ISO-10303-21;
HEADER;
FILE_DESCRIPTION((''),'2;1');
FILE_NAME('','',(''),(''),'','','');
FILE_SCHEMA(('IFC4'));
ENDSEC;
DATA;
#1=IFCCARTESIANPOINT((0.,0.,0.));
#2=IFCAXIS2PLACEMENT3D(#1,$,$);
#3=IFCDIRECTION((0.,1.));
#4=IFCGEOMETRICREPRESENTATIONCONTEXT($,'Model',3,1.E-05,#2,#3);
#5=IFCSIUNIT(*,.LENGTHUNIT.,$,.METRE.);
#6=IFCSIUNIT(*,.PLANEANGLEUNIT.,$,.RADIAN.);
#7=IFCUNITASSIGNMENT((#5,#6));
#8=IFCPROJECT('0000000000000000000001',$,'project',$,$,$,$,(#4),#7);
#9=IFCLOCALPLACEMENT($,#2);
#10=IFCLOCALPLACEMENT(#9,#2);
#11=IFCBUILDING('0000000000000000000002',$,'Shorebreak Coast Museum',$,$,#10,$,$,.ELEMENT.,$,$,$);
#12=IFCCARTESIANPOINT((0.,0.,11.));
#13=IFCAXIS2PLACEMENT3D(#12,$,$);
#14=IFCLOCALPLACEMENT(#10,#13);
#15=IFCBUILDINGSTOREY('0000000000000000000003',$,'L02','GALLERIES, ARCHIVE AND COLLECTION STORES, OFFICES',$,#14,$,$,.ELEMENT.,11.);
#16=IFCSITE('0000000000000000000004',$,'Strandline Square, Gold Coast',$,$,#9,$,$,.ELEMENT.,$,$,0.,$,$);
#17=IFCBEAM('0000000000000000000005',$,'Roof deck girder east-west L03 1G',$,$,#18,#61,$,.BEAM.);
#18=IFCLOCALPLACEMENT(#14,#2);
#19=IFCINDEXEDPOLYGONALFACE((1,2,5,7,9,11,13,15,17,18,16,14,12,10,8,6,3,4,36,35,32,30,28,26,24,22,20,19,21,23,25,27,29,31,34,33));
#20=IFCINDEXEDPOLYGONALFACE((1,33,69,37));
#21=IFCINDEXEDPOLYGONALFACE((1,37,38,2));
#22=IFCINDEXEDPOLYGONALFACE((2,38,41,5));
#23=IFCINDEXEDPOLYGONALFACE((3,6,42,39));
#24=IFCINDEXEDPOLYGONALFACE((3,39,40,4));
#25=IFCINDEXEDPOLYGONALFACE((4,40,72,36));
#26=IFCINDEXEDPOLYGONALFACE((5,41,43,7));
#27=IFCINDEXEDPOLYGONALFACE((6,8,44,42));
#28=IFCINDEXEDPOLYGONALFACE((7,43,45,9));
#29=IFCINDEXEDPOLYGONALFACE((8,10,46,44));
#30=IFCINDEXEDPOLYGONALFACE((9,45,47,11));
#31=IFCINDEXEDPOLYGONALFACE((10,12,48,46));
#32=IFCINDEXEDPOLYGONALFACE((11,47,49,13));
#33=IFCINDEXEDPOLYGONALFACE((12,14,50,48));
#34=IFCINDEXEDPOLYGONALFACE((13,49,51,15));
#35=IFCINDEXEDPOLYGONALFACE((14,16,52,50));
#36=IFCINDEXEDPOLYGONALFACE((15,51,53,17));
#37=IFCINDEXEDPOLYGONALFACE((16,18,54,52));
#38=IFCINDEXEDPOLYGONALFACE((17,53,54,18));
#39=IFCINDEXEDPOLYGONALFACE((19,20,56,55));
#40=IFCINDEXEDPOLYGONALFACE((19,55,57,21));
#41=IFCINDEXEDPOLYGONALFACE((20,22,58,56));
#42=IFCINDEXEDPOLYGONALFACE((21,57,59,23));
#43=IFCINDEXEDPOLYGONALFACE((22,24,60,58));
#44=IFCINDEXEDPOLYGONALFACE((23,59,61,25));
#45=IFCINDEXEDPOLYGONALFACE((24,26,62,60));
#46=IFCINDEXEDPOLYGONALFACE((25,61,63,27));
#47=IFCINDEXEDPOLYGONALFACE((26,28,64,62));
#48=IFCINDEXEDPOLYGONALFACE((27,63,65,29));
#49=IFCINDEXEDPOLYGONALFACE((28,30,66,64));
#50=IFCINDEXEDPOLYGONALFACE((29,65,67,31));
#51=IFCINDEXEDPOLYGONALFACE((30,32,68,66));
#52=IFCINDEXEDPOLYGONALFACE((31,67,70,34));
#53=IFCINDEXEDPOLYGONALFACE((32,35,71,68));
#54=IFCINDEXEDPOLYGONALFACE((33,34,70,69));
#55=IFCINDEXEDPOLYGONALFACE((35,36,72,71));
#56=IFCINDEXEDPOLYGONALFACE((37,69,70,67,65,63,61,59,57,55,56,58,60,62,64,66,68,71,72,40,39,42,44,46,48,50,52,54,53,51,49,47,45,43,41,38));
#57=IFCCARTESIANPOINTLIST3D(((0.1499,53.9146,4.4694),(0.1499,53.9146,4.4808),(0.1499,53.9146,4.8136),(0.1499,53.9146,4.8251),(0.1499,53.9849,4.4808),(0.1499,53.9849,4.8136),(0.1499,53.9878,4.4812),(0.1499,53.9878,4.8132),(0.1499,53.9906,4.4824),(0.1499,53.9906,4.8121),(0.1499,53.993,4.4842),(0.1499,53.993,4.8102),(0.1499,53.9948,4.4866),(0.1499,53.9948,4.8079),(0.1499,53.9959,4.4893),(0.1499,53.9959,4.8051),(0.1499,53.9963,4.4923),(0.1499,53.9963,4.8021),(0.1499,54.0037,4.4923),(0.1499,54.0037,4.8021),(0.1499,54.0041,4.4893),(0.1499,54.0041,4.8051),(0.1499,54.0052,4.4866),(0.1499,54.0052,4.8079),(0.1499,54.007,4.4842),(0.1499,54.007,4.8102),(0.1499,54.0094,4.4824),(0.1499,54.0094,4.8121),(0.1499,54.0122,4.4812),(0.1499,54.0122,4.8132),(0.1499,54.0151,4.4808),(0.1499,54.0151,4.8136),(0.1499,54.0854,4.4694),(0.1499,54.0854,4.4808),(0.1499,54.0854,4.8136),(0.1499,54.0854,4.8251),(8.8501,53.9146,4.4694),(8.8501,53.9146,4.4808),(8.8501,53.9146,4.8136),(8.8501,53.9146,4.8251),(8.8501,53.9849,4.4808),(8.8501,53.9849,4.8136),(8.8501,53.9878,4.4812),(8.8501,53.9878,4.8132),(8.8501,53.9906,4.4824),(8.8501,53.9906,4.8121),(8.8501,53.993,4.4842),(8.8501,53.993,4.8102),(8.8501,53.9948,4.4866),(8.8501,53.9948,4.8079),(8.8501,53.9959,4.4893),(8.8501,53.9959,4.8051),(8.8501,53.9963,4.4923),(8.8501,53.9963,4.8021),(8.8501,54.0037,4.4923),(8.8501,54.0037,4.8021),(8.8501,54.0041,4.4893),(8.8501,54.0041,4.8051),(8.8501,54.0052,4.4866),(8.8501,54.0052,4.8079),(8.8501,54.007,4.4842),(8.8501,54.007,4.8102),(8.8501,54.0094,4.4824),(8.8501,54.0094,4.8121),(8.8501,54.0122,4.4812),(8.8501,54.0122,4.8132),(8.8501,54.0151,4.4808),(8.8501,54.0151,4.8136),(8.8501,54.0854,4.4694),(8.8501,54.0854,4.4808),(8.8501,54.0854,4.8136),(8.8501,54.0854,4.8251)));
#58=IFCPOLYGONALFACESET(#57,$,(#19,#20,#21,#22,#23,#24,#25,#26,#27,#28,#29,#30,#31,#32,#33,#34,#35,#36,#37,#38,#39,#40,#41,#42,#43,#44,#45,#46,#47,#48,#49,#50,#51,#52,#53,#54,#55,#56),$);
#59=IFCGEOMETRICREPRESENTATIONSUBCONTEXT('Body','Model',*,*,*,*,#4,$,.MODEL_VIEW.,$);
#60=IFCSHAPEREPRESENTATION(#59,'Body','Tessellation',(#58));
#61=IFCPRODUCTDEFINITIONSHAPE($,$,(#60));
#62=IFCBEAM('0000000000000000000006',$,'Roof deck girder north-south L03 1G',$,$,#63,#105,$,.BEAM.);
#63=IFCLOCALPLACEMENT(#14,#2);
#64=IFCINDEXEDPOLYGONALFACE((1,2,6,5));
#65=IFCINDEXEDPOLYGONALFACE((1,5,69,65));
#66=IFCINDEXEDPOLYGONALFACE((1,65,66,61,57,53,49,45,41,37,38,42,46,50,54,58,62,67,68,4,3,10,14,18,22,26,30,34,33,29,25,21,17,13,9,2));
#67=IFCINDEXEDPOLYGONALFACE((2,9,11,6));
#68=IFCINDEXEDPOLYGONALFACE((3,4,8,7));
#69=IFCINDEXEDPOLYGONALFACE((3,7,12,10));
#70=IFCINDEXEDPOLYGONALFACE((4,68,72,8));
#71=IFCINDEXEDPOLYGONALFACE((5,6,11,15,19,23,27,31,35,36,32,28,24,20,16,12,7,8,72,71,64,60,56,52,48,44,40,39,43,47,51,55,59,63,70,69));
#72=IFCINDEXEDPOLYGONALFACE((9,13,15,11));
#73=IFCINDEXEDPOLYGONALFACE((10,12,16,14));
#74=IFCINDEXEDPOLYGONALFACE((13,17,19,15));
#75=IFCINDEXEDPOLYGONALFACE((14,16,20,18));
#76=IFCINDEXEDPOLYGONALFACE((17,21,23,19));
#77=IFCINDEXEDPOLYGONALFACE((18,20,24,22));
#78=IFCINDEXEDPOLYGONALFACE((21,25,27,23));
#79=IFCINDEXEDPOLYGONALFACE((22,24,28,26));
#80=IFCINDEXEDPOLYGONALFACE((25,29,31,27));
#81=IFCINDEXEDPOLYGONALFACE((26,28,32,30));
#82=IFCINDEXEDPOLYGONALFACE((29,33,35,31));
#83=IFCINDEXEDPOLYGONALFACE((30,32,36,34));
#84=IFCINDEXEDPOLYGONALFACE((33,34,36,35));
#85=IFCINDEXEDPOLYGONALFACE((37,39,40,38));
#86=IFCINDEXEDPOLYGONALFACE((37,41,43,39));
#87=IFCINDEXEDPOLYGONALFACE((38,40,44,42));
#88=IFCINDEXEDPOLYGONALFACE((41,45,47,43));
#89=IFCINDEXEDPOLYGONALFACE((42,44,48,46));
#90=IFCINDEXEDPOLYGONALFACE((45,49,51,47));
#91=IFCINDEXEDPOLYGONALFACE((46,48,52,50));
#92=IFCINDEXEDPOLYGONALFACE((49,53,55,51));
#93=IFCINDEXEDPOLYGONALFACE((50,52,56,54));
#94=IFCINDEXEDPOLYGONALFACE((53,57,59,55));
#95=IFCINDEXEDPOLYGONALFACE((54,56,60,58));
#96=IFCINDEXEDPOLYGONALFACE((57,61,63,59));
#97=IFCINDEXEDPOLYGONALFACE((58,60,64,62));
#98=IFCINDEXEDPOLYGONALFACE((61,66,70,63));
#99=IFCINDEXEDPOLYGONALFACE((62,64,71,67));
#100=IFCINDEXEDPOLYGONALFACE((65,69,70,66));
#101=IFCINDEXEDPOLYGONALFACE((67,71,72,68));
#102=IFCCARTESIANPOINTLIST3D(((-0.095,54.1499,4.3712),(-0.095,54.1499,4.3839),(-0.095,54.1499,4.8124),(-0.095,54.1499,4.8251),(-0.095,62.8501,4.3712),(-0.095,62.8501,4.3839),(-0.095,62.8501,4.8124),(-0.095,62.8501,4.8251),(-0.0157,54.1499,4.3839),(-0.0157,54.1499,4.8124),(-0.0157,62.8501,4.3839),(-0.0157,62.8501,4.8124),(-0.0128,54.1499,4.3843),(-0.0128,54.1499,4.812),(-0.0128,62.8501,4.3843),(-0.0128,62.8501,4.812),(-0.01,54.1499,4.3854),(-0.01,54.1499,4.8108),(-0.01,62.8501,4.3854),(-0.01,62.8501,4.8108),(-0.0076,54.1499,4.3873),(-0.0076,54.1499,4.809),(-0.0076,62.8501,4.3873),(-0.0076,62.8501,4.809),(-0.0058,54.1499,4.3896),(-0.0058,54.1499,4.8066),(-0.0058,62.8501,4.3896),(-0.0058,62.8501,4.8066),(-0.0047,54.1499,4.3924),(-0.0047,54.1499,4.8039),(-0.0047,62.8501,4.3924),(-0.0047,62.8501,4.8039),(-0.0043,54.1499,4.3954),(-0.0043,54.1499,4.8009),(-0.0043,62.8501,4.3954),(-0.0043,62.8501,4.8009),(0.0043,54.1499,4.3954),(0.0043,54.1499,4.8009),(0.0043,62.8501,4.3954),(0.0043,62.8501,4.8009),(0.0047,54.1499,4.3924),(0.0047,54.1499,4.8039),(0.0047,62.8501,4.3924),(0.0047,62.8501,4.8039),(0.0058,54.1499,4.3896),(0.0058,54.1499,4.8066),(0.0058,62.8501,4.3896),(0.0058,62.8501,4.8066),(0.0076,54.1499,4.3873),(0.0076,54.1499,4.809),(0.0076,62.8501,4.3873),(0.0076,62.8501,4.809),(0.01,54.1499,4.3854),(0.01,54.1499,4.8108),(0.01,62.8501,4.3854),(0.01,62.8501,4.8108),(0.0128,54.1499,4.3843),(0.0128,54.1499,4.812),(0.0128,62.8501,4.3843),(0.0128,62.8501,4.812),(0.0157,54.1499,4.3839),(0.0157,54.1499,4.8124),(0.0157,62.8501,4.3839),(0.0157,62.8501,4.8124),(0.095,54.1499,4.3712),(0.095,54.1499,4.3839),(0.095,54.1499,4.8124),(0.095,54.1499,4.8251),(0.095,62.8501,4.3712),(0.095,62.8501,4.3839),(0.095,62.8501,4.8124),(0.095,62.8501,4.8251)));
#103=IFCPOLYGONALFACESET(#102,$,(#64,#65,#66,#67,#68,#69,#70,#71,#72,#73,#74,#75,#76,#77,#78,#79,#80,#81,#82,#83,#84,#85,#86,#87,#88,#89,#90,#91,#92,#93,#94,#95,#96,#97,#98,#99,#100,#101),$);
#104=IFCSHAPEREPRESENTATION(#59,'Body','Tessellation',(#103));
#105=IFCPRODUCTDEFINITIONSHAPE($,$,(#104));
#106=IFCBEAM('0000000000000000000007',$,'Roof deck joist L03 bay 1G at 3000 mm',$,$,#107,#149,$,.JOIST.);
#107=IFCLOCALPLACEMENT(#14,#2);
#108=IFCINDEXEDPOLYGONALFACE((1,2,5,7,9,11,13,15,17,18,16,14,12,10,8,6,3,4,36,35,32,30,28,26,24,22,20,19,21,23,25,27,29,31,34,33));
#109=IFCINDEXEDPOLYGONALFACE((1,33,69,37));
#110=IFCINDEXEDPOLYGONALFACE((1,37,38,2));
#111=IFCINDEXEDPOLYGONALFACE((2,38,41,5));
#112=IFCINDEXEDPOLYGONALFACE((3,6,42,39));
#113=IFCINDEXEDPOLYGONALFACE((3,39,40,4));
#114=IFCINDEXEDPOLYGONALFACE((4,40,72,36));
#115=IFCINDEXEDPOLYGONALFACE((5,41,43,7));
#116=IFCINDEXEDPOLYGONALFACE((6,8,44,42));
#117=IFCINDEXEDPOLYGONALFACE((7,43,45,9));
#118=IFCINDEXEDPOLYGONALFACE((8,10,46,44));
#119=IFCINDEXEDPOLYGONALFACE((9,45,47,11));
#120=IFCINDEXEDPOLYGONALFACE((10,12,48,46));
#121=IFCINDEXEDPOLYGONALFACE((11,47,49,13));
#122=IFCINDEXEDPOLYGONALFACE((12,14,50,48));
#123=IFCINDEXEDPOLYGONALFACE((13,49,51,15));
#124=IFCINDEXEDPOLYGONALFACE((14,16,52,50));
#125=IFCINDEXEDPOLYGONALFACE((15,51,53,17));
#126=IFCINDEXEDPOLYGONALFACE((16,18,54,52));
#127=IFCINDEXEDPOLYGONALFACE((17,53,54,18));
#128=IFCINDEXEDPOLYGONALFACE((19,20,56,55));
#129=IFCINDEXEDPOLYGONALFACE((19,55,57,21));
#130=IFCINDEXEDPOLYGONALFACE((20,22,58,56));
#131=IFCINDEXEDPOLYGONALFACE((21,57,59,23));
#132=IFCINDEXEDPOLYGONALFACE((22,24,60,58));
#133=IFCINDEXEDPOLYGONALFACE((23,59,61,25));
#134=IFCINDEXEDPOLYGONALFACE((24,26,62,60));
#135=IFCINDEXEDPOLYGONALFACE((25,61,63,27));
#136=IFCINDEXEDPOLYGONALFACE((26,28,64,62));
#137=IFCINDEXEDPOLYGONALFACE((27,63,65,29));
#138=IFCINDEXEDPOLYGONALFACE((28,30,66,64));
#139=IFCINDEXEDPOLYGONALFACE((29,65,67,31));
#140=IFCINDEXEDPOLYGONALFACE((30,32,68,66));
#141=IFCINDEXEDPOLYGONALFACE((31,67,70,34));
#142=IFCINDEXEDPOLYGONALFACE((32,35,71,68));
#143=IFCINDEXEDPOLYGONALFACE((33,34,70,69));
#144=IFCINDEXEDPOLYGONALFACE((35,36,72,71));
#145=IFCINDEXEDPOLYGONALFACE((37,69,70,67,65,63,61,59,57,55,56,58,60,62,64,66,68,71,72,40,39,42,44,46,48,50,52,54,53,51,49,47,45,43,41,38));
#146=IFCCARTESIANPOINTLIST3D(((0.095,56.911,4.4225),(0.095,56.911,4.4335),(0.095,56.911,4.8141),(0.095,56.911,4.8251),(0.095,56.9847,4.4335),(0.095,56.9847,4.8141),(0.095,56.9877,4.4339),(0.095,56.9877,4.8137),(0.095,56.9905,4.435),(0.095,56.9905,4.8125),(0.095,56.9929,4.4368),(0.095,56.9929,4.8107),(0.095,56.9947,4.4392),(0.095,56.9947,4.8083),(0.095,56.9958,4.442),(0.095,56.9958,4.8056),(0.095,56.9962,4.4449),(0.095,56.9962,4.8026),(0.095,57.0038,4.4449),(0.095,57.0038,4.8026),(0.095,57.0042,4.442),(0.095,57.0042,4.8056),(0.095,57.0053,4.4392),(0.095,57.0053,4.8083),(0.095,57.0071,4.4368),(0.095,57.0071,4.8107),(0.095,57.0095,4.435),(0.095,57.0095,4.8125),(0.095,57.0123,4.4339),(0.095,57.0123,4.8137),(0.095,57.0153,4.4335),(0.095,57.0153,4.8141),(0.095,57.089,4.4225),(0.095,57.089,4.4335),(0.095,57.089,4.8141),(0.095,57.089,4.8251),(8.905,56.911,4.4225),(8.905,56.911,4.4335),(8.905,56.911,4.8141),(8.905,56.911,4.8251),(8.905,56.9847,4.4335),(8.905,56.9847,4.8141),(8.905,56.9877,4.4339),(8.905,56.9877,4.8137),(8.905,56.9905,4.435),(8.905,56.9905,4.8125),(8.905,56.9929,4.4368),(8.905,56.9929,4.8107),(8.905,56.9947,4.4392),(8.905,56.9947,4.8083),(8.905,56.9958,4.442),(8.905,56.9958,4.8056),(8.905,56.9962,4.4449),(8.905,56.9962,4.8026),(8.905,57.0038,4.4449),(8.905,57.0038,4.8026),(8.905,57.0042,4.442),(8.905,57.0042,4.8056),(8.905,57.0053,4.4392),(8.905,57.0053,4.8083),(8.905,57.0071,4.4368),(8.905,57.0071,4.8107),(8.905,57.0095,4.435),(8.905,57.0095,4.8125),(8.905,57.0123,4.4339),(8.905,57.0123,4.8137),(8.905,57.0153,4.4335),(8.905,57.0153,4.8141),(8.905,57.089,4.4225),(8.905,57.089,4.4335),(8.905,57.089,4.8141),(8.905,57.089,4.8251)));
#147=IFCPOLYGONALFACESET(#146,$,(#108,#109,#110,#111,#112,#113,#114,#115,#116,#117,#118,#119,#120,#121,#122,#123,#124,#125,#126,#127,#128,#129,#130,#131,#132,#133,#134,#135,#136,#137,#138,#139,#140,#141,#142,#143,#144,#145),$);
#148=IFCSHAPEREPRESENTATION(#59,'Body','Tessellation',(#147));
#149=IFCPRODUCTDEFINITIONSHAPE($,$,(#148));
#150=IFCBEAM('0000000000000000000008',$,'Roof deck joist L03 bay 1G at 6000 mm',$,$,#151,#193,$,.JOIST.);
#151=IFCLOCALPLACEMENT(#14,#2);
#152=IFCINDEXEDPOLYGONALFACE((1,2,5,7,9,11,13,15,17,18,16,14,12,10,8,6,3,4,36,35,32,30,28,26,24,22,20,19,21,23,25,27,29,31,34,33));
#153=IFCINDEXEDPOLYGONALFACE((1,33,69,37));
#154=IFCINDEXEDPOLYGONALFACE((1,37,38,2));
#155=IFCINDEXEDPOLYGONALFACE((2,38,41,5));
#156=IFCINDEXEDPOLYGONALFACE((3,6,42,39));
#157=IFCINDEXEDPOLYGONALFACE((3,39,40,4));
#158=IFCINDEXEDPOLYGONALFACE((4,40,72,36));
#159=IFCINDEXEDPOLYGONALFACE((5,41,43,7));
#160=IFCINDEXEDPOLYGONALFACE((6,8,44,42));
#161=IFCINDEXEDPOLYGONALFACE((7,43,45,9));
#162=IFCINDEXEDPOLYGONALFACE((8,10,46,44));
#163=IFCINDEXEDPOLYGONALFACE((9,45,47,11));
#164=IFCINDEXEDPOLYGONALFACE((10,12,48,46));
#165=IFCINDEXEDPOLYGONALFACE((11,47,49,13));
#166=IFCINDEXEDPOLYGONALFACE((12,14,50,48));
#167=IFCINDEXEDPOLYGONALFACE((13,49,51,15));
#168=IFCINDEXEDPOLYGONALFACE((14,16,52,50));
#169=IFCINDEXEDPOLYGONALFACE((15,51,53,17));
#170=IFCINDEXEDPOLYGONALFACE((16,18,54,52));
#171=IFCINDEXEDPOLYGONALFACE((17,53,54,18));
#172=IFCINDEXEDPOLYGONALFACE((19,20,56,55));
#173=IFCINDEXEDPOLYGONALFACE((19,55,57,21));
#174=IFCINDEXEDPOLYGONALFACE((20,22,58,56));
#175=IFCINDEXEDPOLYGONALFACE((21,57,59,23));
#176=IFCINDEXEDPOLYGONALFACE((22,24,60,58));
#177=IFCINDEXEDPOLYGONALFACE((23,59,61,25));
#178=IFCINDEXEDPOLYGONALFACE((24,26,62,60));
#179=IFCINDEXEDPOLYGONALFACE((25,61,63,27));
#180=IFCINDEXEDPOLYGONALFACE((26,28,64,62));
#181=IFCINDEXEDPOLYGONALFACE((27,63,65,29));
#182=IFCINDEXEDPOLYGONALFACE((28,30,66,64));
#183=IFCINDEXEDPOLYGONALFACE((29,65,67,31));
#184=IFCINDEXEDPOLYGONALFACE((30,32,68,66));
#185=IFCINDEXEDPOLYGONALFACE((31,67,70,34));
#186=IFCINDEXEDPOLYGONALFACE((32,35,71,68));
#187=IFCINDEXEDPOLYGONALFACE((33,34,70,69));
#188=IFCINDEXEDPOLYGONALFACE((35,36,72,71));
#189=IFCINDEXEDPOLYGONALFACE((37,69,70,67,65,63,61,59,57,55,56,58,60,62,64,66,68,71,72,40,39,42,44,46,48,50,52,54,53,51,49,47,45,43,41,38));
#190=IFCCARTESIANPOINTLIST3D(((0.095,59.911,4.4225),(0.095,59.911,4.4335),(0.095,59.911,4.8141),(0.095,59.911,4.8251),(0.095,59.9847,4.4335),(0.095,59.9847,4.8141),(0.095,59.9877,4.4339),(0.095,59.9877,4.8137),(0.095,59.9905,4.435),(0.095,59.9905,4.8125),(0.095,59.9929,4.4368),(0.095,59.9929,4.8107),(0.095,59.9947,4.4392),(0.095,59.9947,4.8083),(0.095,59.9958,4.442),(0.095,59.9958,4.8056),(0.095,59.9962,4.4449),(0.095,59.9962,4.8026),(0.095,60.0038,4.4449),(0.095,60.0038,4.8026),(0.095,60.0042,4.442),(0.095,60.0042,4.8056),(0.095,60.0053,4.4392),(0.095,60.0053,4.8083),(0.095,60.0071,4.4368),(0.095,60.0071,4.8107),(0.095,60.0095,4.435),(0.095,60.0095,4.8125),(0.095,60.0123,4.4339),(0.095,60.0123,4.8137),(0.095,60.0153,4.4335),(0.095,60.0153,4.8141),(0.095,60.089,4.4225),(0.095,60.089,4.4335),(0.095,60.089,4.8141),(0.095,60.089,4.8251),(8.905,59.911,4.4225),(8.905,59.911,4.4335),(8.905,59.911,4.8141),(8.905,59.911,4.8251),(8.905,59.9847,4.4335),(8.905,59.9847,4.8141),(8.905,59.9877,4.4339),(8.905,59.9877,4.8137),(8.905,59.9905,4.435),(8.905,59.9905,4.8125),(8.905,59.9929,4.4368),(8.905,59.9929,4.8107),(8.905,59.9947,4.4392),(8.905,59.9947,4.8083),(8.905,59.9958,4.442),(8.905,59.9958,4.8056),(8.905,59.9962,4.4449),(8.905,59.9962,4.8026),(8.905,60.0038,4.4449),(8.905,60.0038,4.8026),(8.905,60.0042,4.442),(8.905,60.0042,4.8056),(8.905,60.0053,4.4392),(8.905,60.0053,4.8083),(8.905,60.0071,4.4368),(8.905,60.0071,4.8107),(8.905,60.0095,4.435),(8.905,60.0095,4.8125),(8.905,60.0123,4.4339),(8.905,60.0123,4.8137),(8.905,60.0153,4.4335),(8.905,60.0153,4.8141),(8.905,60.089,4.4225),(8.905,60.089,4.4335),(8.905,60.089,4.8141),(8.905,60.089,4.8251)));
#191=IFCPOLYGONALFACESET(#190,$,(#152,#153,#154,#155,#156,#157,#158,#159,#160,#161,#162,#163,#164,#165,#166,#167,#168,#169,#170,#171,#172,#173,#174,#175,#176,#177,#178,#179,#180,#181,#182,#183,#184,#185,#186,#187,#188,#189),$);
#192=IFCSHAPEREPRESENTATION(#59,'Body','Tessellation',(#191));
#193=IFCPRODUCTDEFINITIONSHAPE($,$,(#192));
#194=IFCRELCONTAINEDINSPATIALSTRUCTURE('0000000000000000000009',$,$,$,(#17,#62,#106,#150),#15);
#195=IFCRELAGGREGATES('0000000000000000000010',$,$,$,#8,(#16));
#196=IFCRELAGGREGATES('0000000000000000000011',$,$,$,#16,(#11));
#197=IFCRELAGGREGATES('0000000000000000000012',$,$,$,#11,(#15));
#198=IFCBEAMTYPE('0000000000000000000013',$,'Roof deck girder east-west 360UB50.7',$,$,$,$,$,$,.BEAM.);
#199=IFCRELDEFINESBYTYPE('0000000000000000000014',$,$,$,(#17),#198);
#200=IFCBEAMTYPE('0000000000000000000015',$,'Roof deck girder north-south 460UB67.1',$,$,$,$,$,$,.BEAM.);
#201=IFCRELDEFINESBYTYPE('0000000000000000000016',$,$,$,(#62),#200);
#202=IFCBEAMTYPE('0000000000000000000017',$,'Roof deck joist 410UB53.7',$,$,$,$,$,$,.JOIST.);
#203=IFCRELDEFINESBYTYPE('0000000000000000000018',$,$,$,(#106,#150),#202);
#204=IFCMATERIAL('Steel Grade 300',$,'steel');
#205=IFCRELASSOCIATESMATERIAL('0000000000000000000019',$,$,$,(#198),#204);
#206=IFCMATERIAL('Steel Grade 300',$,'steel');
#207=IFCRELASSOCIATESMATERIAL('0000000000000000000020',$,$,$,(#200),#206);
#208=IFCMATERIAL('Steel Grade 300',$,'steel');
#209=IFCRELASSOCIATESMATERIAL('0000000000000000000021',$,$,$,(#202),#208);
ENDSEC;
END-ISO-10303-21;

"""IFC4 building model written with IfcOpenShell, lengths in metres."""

from ifc_helpers import new_model, si_unit, direction, frame, origin, origin_2d, place, context, subcontext, project, spatial, i_section, extrude, material, material_profile, profile_set, type_object, element, save


model = new_model("IFC4")

# Units and contexts
model_context = context("Model", 3, precision=1e-05, world=origin(), true_north=direction((0.0, 1.0)))
body_context = subcontext(model_context, "Body", "Model", "MODEL_VIEW")
ifc_project = project(units=[si_unit("LENGTHUNIT", "METRE"), si_unit("PLANEANGLEUNIT", "RADIAN")], contexts=[model_context])

# Site, building, storey
site_placement = place(None, origin())
site = spatial("IfcSite", under=ifc_project, at=site_placement, Name="Strandline Square, Gold Coast", CompositionType="ELEMENT", RefElevation=0.0)
building_placement = place(site_placement, origin())
building = spatial("IfcBuilding", under=site, at=building_placement, Name="Shorebreak Coast Museum", CompositionType="ELEMENT")
storey_placement = place(building_placement, frame((0.0, 0.0, 11.0)))
storey = spatial("IfcBuildingStorey", under=building, at=storey_placement, Name="L02", Description="GALLERIES, ARCHIVE AND COLLECTION STORES, OFFICES", CompositionType="ELEMENT", Elevation=11.0)

# Beams
ifc_material_1 = material(Name="Steel Grade 300", Category="steel")
ifc_material_profile_1 = material_profile(ifc_material_1, i_section(OverallWidth=0.1709, OverallDepth=0.3557, WebThickness=0.0073, FlangeThickness=0.0115, FilletRadius=0.0115, at=origin_2d()), Name="360UB50.7")
ifc_profile_set_1 = profile_set([ifc_material_profile_1], Name="Steel Grade 300")
beam_type_1 = type_object("IfcBeamType", Name="Roof deck girder east-west 360UB50.7", PredefinedType="BEAM", material=ifc_profile_set_1)
beam_1_placement = place(storey_placement, frame((0.1499, 54.0, 4.6472), z_axis=(1.0, 0.0, 0.0), x_axis=(0.0, 1.0, 0.0)))
element("IfcBeam", 1, at=beam_1_placement, inside=storey, type_object=beam_type_1, Name="Roof deck girder east-west L03 1G", PredefinedType="BEAM", context=body_context, shape_type="SweptSolid", body=[
    extrude(i_section(OverallWidth=0.1709, OverallDepth=0.3557, WebThickness=0.0073, FlangeThickness=0.0115, FilletRadius=0.0115, at=origin_2d()), origin(), (0.0, 0.0, 1.0), 8.7002),
])
ifc_material_2 = material(Name="Steel Grade 300", Category="steel")
ifc_material_profile_2 = material_profile(ifc_material_2, i_section(OverallWidth=0.1899, OverallDepth=0.4539, WebThickness=0.0085, FlangeThickness=0.0127, FilletRadius=0.0115, at=origin_2d()), Name="460UB67.1")
ifc_profile_set_2 = profile_set([ifc_material_profile_2], Name="Steel Grade 300")
beam_type_2 = type_object("IfcBeamType", Name="Roof deck girder north-south 460UB67.1", PredefinedType="BEAM", material=ifc_profile_set_2)
beam_2_placement = place(storey_placement, frame((0.0, 54.1499, 4.5981), z_axis=(0.0, 1.0, 0.0), x_axis=(-1.0, 0.0, 0.0)))
element("IfcBeam", 2, at=beam_2_placement, inside=storey, type_object=beam_type_2, Name="Roof deck girder north-south L03 1G", PredefinedType="BEAM", context=body_context, shape_type="SweptSolid", body=[
    extrude(i_section(OverallWidth=0.1899, OverallDepth=0.4539, WebThickness=0.0085, FlangeThickness=0.0127, FilletRadius=0.0115, at=origin_2d()), origin(), (0.0, 0.0, 1.0), 8.7002),
])
ifc_material_3 = material(Name="Steel Grade 300", Category="steel")
ifc_material_profile_3 = material_profile(ifc_material_3, i_section(OverallWidth=0.178, OverallDepth=0.4026, WebThickness=0.0076, FlangeThickness=0.011, FilletRadius=0.0115, at=origin_2d()), Name="410UB53.7")
ifc_profile_set_3 = profile_set([ifc_material_profile_3], Name="Steel Grade 300")
beam_type_3 = type_object("IfcBeamType", Name="Roof deck joist 410UB53.7", PredefinedType="JOIST", material=ifc_profile_set_3)
for number, where, z_axis, x_axis, name in (
    (3, (0.095, 57.0, 4.6238), (1.0, 0.0, 0.0), (0.0, 1.0, 0.0), "Roof deck joist L03 bay 1G at 3000 mm"),
    (4, (0.095, 60.0, 4.6238), (1.0, 0.0, 0.0), (0.0, 1.0, 0.0), "Roof deck joist L03 bay 1G at 6000 mm"),
):
    element("IfcBeam", number, at=place(storey_placement, frame(where, z_axis=z_axis, x_axis=x_axis)), inside=storey, type_object=beam_type_3, Name=name, PredefinedType="JOIST", context=body_context, shape_type="SweptSolid", body=[
        extrude(i_section(OverallWidth=0.178, OverallDepth=0.4026, WebThickness=0.0076, FlangeThickness=0.011, FilletRadius=0.0115, at=origin_2d()), origin(), (0.0, 0.0, 1.0), 8.8101),
    ])

save(model, "model.ifc")
